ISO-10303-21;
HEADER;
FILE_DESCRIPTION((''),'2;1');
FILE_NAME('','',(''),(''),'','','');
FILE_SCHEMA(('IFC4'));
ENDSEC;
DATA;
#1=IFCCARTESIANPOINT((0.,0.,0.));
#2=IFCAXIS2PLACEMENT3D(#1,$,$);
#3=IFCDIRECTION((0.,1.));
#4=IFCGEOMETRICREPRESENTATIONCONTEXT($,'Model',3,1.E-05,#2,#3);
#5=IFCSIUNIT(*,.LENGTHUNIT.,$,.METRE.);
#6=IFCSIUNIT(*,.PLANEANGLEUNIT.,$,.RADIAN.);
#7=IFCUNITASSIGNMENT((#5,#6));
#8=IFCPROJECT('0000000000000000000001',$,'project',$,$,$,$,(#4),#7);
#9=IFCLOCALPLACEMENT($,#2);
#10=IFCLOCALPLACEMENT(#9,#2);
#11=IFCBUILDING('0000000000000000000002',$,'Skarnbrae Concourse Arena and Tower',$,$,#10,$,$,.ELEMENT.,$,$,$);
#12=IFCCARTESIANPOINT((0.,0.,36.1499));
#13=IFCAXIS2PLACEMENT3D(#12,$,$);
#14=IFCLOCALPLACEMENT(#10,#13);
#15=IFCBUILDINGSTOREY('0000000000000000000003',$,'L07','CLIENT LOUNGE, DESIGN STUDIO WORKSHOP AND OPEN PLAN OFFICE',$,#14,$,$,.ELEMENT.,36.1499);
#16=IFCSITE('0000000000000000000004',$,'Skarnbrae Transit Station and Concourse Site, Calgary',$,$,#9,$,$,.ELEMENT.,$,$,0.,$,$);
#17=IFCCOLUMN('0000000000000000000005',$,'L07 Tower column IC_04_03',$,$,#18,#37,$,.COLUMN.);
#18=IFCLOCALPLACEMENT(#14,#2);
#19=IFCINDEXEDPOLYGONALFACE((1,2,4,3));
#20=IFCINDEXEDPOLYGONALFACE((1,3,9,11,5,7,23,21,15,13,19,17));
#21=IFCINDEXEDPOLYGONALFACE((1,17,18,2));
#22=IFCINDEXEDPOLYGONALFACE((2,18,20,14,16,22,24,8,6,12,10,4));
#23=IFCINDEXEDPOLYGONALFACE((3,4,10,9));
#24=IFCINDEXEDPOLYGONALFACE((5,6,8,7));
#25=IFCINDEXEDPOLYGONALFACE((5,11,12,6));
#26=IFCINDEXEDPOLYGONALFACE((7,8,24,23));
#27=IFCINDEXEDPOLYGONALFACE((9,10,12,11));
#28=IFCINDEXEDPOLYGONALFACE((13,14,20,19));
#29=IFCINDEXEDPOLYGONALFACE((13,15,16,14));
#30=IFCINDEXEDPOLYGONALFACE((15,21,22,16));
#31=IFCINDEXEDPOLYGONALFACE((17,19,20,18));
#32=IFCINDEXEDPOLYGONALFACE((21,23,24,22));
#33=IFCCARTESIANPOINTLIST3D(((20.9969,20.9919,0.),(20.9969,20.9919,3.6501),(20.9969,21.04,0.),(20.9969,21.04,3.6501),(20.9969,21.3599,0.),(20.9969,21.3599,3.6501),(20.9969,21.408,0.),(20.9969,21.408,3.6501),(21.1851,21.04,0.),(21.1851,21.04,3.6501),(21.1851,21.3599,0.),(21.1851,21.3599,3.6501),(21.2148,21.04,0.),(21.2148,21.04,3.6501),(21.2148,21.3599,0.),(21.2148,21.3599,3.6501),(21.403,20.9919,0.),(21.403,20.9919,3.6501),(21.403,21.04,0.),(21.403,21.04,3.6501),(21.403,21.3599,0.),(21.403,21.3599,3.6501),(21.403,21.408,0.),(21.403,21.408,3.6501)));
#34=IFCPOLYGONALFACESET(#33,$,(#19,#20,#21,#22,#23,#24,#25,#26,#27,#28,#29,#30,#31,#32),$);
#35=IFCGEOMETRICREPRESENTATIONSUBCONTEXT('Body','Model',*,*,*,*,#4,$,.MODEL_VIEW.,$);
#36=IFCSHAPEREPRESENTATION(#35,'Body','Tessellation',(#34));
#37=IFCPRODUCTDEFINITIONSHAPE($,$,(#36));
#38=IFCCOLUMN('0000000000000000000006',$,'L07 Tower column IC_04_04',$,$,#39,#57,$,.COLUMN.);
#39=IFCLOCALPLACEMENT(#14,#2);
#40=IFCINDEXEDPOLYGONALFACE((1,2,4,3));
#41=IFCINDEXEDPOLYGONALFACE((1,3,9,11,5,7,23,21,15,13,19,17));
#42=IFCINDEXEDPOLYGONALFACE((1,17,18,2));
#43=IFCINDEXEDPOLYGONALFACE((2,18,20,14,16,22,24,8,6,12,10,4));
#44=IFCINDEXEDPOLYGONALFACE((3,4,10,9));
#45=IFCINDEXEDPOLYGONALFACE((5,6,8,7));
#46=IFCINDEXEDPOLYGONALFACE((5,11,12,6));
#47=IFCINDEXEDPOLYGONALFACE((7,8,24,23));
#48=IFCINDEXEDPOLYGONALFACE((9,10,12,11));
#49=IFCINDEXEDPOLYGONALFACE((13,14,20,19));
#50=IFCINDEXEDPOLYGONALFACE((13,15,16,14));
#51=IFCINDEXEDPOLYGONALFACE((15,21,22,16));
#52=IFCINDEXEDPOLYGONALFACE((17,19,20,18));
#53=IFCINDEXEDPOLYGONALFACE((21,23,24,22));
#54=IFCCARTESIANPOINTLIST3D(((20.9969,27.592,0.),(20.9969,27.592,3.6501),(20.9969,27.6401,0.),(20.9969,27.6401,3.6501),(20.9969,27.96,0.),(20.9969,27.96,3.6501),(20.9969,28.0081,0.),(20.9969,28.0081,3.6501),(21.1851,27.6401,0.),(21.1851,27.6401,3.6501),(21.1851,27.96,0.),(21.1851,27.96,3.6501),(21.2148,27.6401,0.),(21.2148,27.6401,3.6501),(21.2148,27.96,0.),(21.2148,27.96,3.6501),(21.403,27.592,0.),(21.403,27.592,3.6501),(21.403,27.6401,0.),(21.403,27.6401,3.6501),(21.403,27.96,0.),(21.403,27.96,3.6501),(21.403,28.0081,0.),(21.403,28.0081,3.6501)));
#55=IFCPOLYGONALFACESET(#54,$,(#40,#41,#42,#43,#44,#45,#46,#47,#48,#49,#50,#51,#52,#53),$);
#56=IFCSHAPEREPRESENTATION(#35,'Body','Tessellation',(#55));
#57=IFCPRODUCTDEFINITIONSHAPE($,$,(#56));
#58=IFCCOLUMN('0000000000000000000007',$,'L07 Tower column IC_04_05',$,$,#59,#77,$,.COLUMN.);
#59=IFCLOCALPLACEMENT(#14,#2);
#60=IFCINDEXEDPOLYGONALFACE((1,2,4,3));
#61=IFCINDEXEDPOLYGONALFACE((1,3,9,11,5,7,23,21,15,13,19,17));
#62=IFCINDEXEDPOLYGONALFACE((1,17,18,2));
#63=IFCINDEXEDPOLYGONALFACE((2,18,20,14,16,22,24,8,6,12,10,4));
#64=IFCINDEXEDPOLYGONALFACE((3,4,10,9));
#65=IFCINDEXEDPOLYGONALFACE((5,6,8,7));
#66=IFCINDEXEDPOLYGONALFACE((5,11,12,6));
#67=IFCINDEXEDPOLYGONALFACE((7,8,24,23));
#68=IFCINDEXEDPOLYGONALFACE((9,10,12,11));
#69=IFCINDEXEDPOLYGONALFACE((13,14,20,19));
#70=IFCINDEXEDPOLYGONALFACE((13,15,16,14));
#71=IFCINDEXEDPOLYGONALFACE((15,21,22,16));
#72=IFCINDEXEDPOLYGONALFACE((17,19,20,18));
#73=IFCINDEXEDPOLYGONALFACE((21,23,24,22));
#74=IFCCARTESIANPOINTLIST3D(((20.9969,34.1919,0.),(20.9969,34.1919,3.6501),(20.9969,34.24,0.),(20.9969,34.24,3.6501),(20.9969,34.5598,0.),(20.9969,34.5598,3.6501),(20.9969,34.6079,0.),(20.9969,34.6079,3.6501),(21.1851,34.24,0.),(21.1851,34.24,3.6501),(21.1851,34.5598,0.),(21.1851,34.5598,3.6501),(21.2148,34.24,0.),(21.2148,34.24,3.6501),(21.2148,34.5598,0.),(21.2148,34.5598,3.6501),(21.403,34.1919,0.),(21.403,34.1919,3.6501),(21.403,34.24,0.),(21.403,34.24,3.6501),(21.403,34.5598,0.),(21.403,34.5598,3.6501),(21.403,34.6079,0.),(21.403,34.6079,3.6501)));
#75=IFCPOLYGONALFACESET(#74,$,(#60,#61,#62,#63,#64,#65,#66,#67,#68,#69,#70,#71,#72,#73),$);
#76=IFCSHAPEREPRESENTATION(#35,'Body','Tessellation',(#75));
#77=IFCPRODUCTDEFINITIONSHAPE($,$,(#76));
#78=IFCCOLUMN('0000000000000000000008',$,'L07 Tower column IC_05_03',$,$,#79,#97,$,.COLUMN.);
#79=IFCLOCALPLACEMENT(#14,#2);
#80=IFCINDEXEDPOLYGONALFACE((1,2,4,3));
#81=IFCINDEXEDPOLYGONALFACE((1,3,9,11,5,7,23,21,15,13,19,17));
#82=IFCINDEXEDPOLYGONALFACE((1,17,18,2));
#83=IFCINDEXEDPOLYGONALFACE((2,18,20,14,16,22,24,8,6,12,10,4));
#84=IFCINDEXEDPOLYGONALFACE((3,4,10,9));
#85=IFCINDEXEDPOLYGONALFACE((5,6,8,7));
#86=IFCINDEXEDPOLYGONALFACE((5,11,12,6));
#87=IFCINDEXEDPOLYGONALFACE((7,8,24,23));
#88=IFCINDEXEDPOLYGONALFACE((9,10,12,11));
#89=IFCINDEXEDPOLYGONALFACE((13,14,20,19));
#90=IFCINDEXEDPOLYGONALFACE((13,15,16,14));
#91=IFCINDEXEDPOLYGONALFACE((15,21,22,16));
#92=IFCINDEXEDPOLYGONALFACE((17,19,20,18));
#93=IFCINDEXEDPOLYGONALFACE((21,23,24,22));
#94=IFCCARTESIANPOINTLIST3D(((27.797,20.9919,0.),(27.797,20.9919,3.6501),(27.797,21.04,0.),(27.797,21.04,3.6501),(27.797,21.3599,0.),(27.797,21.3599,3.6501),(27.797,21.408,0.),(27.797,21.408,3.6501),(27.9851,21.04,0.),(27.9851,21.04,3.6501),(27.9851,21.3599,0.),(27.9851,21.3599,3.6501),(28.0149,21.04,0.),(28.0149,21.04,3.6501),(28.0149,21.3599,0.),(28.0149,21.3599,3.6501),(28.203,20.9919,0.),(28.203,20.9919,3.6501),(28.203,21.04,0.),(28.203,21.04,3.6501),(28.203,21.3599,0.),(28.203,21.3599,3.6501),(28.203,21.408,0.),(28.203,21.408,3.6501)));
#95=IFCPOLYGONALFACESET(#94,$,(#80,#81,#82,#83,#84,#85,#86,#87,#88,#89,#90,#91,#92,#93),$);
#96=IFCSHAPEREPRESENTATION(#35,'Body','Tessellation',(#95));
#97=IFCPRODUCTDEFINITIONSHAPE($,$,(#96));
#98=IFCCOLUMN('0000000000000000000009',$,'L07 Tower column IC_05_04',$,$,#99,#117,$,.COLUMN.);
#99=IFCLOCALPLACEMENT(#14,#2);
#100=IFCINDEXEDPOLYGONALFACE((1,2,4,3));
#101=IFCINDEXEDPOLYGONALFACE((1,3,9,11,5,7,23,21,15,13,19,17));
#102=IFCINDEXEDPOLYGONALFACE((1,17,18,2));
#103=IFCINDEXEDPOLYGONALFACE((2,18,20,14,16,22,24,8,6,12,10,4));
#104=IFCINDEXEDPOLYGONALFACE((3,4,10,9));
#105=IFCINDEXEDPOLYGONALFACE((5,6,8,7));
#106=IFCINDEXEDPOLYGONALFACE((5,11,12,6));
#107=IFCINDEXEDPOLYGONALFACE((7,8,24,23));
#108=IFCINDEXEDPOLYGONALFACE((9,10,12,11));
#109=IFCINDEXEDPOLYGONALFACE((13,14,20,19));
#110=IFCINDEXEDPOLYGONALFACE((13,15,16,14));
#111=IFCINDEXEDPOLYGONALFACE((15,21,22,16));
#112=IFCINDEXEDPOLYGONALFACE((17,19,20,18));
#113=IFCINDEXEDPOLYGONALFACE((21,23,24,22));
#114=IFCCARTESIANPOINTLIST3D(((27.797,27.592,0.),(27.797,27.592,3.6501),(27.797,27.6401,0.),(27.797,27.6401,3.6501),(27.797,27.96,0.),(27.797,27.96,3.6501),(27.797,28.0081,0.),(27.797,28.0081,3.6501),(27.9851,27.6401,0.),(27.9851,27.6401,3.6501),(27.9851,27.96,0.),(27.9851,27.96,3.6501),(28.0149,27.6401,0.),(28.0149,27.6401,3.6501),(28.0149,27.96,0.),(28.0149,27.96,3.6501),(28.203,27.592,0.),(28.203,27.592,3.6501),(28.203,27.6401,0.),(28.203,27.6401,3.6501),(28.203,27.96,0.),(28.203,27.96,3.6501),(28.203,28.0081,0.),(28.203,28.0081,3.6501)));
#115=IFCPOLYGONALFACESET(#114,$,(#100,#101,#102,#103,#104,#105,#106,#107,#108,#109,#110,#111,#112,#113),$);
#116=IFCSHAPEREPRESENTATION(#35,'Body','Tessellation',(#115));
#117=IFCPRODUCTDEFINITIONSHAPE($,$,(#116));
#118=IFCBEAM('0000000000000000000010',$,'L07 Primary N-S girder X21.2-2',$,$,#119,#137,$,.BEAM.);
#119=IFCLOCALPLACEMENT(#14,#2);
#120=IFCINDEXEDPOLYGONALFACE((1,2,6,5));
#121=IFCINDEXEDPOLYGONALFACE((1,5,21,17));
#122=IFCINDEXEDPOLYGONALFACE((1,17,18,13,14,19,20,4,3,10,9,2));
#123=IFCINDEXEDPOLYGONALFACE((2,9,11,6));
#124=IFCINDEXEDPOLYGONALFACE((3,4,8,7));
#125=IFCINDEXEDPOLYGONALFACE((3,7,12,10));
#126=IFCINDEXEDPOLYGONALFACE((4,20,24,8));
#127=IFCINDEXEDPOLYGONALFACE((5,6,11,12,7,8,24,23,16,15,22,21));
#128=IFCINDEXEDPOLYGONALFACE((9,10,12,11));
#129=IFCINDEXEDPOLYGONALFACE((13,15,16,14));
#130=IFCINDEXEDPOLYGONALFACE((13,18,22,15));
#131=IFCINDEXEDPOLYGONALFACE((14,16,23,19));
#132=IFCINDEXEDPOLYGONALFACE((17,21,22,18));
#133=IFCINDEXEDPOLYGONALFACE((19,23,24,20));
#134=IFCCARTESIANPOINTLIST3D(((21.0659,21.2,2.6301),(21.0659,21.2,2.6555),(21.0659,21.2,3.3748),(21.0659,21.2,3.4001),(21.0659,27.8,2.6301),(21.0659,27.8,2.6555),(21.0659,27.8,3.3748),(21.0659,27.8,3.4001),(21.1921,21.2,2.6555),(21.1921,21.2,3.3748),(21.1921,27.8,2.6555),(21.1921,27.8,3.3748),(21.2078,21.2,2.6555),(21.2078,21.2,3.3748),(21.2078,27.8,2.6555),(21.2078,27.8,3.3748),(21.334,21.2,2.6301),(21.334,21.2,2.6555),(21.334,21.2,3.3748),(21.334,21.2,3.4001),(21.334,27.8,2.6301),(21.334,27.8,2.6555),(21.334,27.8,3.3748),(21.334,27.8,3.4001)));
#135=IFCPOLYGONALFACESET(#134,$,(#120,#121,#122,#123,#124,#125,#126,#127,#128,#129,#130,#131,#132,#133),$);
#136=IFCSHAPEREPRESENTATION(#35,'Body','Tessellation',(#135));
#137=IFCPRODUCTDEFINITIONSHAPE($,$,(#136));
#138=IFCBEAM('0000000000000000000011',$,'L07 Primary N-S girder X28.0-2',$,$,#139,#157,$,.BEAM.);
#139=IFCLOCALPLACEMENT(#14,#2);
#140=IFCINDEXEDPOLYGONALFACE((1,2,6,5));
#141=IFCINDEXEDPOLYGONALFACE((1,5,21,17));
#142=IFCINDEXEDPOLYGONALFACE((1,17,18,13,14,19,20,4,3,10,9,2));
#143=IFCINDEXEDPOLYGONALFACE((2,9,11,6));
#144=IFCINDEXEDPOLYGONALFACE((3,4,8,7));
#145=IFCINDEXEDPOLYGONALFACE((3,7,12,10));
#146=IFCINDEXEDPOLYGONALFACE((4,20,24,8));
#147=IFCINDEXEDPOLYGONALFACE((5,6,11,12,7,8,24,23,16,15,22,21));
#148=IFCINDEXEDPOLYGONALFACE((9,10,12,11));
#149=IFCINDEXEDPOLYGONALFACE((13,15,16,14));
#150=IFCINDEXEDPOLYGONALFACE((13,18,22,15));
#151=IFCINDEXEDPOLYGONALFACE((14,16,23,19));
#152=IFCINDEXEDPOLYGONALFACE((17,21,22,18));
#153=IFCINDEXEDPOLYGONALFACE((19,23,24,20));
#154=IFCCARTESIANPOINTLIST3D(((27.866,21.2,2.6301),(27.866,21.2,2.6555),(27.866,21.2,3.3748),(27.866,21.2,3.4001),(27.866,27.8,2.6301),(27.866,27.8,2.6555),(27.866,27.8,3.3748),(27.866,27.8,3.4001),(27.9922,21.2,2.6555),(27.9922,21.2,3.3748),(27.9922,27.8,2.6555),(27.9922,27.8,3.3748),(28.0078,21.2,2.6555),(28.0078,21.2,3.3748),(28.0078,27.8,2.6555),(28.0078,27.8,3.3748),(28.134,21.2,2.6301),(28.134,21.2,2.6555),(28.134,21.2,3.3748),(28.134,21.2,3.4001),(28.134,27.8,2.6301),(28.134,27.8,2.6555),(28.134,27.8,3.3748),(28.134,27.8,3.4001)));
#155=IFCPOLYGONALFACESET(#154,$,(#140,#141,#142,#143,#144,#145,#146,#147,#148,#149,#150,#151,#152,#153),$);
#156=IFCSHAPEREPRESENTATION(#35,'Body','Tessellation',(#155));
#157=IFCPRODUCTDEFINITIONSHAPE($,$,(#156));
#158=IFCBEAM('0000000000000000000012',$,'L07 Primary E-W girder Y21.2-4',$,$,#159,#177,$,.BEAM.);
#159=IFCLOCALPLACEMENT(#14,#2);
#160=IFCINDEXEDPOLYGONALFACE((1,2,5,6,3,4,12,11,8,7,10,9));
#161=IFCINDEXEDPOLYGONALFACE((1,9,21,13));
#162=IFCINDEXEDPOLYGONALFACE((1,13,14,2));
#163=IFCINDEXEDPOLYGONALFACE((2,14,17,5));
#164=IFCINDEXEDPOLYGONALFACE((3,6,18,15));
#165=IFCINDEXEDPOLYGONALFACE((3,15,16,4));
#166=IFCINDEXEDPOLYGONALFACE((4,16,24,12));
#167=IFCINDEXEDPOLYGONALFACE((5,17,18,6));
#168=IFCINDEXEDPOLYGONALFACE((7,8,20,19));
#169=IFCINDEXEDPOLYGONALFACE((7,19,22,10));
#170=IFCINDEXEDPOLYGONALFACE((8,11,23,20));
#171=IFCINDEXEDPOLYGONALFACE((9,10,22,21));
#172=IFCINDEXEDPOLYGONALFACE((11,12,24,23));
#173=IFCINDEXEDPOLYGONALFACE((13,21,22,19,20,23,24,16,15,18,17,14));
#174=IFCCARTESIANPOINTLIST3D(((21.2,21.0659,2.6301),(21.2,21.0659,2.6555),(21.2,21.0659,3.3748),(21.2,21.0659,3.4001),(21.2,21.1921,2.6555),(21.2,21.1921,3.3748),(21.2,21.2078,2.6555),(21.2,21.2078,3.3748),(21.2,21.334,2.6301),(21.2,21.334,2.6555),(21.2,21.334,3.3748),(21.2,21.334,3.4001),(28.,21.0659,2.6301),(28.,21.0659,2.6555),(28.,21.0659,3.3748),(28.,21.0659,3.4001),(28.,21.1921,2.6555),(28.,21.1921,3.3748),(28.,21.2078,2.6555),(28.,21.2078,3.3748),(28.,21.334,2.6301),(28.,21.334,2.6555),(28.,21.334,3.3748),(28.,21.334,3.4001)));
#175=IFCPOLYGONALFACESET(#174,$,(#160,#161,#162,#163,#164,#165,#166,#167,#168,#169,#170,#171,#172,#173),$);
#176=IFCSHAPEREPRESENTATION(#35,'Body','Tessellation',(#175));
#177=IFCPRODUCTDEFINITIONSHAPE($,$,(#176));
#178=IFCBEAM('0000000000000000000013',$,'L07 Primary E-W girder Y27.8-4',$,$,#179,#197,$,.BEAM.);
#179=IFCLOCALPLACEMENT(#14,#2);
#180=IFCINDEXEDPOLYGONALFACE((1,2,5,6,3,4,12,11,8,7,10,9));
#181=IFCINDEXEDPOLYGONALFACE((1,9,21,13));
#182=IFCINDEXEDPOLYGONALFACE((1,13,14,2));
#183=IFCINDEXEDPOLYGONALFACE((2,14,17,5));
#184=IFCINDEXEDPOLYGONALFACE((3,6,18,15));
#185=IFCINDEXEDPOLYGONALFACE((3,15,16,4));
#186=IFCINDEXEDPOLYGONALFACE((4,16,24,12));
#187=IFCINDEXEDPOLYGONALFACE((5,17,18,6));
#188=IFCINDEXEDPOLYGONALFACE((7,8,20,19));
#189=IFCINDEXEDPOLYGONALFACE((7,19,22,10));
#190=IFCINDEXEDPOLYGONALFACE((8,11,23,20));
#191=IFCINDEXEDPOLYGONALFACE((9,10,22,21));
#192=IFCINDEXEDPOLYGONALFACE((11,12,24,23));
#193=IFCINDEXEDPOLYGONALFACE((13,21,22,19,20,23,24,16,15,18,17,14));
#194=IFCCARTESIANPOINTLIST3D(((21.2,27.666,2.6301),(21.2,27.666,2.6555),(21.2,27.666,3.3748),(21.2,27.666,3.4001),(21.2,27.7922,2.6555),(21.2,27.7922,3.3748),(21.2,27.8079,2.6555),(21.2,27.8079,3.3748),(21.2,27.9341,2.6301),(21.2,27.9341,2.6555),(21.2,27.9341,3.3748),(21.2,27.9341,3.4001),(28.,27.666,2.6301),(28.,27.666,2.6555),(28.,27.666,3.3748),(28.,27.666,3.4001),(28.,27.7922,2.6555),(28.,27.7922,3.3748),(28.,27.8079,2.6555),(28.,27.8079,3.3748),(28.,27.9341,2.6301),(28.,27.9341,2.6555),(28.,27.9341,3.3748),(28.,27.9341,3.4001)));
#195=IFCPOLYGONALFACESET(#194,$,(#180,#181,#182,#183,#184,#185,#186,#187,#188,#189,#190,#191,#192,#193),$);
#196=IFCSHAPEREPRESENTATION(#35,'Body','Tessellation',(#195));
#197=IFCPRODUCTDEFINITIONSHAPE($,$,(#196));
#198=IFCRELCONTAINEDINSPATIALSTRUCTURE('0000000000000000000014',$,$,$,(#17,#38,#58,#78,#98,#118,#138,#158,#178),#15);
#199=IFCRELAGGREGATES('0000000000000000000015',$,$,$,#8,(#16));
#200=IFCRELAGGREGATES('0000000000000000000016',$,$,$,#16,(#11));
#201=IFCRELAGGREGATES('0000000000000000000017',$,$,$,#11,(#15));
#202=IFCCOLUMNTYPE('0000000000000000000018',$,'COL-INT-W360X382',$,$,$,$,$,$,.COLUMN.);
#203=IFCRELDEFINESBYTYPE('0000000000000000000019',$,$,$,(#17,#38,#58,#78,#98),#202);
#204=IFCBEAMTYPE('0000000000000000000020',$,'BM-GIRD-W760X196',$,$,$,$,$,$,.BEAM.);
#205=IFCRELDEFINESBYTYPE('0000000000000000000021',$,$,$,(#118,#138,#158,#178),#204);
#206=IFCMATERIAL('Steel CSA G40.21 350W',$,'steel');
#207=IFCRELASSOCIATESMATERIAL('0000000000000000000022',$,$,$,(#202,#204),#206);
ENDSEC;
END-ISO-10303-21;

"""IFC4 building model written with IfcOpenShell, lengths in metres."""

from ifc_helpers import new_model, si_unit, direction, frame, origin, origin_2d, place, context, subcontext, project, spatial, i_section, extrude, source, transform, mapped, material, material_profile, profile_set, type_object, element, save


model = new_model("IFC4")

# Units and contexts
model_context = context("Model", 3, precision=1e-05, world=origin(), true_north=direction((0.0, 1.0)))
body_context = subcontext(model_context, "Body", "Model", "MODEL_VIEW")
ifc_project = project(units=[si_unit("LENGTHUNIT", "METRE"), si_unit("PLANEANGLEUNIT", "RADIAN")], contexts=[model_context])

# Site, building, storey
site_placement = place(None, origin())
site = spatial("IfcSite", under=ifc_project, at=site_placement, Name="Skarnbrae Transit Station and Concourse Site, Calgary", CompositionType="ELEMENT", RefElevation=0.0)
building_placement = place(site_placement, origin())
building = spatial("IfcBuilding", under=site, at=building_placement, Name="Skarnbrae Concourse Arena and Tower", CompositionType="ELEMENT")
storey_placement = place(building_placement, frame((0.0, 0.0, 36.1499)))
storey = spatial("IfcBuildingStorey", under=building, at=storey_placement, Name="L07", Description="CLIENT LOUNGE, DESIGN STUDIO WORKSHOP AND OPEN PLAN OFFICE", CompositionType="ELEMENT", Elevation=36.1499)

# Columns
ifc_material_1 = material(Name="Steel CSA G40.21 350W", Category="steel")
ifc_material_profile_1 = material_profile(ifc_material_1, i_section(OverallWidth=0.406, OverallDepth=0.416, WebThickness=0.0298, FlangeThickness=0.0481, at=origin_2d()), Name="W360X382")
ifc_profile_set_1 = profile_set([ifc_material_profile_1], Name="Steel CSA G40.21 350W")
column_type = type_object("IfcColumnType", Name="COL-INT-W360X382", PredefinedType="COLUMN", material=ifc_profile_set_1)
shared_shape_1 = source(origin(), body_context, "Body", "SweptSolid", [
    extrude(i_section(OverallWidth=0.406, OverallDepth=0.416, WebThickness=0.0298, FlangeThickness=0.0481, at=origin_2d()), origin(), (0.0, 0.0, 1.0), 3.6501),
])
for number, where, z_axis, x_axis, name in (
    (1, (21.2, 21.2, 0.0), (0.0, 0.0, 1.0), (1.0, 0.0, 0.0), "L07 Tower column IC_04_03"),
    (2, (21.2, 27.8, 0.0), (0.0, 0.0, 1.0), (1.0, 0.0, 0.0), "L07 Tower column IC_04_04"),
    (3, (21.2, 34.3999, 0.0), (0.0, 0.0, 1.0), (1.0, 0.0, 0.0), "L07 Tower column IC_04_05"),
    (4, (28.0, 21.2, 0.0), (0.0, 0.0, 1.0), (1.0, 0.0, 0.0), "L07 Tower column IC_05_03"),
    (5, (28.0, 27.8, 0.0), (0.0, 0.0, 1.0), (1.0, 0.0, 0.0), "L07 Tower column IC_05_04"),
):
    element("IfcColumn", number, at=place(storey_placement, frame(where, z_axis=z_axis, x_axis=x_axis)), inside=storey, type_object=column_type, Name=name, PredefinedType="COLUMN", context=body_context, shape_type="MappedRepresentation", body=[
        mapped(shared_shape_1, transform((0.0, 0.0, 0.0))),
    ])

# Beams
ifc_material_profile_2 = material_profile(ifc_material_1, i_section(OverallWidth=0.2681, OverallDepth=0.77, WebThickness=0.0156, FlangeThickness=0.0254, at=origin_2d()), Name="W760X196")
ifc_profile_set_2 = profile_set([ifc_material_profile_2], Name="Steel CSA G40.21 350W")
beam_type_1 = type_object("IfcBeamType", Name="BM-GIRD-W760X196", PredefinedType="BEAM", material=ifc_profile_set_2)
shared_shape_2 = source(origin(), body_context, "Body", "SweptSolid", [
    extrude(i_section(OverallWidth=0.2681, OverallDepth=0.77, WebThickness=0.0156, FlangeThickness=0.0254, at=origin_2d()), origin(), (0.0, 0.0, 1.0), 6.6001),
])
for number, where, z_axis, x_axis, name in (
    (6, (21.2, 21.2, 3.0151), (0.0, 1.0, 0.0), (-1.0, 0.0, 0.0), "L07 Primary N-S girder X21.2-2"),
    (7, (28.0, 21.2, 3.0151), (0.0, 1.0, 0.0), (-1.0, 0.0, 0.0), "L07 Primary N-S girder X28.0-2"),
):
    element("IfcBeam", number, at=place(storey_placement, frame(where, z_axis=z_axis, x_axis=x_axis)), inside=storey, type_object=beam_type_1, Name=name, PredefinedType="BEAM", context=body_context, shape_type="MappedRepresentation", body=[
        mapped(shared_shape_2, transform((0.0, 0.0, 0.0))),
    ])
shared_shape_3 = source(origin(), body_context, "Body", "SweptSolid", [
    extrude(i_section(OverallWidth=0.2681, OverallDepth=0.77, WebThickness=0.0156, FlangeThickness=0.0254, at=origin_2d()), origin(), (0.0, 0.0, 1.0), 6.8),
])
for number, where, z_axis, x_axis, name in (
    (8, (21.2, 21.2, 3.0151), (1.0, 0.0, 0.0), (0.0, 1.0, 0.0), "L07 Primary E-W girder Y21.2-4"),
    (9, (21.2, 27.8, 3.0151), (1.0, 0.0, 0.0), (0.0, 1.0, 0.0), "L07 Primary E-W girder Y27.8-4"),
):
    element("IfcBeam", number, at=place(storey_placement, frame(where, z_axis=z_axis, x_axis=x_axis)), inside=storey, type_object=beam_type_1, Name=name, PredefinedType="BEAM", context=body_context, shape_type="MappedRepresentation", body=[
        mapped(shared_shape_3, transform((0.0, 0.0, 0.0))),
    ])

save(model, "model.ifc")
